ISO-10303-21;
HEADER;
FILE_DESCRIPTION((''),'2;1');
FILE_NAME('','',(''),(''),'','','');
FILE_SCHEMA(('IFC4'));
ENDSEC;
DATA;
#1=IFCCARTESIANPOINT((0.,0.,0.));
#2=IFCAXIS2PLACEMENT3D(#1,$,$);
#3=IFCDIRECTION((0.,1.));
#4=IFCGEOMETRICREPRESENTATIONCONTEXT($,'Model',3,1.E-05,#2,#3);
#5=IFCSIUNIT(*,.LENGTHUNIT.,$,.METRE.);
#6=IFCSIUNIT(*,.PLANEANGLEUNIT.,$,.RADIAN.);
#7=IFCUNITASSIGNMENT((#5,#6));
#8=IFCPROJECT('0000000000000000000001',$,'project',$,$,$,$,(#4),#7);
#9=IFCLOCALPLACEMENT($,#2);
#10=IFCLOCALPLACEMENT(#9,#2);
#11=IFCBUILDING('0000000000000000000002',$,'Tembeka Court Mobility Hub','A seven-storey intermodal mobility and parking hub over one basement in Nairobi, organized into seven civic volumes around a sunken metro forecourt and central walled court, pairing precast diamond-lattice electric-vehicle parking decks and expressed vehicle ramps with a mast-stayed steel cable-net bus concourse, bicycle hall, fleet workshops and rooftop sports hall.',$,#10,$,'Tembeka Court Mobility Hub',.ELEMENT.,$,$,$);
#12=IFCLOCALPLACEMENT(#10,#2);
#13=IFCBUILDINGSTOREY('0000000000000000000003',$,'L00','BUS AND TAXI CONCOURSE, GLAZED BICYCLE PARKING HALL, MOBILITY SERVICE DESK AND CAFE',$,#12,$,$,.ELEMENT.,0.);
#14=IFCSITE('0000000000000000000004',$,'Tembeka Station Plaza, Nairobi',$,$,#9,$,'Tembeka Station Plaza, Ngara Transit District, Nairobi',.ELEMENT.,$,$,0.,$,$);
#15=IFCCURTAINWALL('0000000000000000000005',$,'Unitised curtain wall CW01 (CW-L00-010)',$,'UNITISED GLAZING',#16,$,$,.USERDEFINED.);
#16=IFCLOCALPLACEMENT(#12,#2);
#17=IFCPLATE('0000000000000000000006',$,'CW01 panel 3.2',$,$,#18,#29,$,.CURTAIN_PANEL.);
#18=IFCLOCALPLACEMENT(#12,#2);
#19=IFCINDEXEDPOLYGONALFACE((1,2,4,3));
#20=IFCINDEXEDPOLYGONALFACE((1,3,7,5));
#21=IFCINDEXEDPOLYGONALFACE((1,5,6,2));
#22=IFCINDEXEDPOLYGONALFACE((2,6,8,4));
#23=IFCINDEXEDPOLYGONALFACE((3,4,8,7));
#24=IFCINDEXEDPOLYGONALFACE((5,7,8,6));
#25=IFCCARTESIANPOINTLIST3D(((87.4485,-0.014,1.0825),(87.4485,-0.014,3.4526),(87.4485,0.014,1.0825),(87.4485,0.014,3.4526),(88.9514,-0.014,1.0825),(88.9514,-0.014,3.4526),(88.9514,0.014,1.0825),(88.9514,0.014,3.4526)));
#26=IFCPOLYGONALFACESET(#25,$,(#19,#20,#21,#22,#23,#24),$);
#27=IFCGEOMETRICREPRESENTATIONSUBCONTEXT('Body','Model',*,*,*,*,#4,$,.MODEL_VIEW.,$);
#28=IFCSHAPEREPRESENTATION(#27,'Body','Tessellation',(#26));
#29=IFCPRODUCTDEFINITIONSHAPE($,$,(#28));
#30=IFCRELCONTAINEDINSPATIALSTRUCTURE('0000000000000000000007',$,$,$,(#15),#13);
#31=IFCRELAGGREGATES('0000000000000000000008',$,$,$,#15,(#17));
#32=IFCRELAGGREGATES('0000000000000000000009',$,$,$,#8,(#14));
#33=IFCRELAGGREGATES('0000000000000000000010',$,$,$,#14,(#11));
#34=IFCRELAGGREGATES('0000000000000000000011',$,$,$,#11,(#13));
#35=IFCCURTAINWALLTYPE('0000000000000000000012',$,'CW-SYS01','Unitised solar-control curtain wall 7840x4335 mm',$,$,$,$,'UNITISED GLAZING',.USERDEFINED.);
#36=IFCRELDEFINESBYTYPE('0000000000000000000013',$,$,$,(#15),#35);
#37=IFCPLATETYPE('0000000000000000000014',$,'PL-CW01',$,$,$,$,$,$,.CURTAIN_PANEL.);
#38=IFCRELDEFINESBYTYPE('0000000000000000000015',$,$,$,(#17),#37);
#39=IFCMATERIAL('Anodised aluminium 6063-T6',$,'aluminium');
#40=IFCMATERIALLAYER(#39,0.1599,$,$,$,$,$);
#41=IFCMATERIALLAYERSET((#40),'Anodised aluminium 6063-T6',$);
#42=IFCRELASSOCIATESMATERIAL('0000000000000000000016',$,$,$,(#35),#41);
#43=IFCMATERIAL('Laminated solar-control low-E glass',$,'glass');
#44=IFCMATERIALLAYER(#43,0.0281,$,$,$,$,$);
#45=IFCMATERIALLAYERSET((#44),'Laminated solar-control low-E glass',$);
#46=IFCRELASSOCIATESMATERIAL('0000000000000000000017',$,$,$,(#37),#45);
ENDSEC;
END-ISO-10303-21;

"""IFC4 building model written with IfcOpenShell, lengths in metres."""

from ifc_helpers import new_model, si_unit, direction, frame, origin, origin_2d, place, context, subcontext, project, spatial, rectangle, extrude, material, layer, layer_set, type_object, element, aggregate, save


model = new_model("IFC4")

# Units and contexts
model_context = context("Model", 3, precision=1e-05, world=origin(), true_north=direction((0.0, 1.0)))
body_context = subcontext(model_context, "Body", "Model", "MODEL_VIEW")
ifc_project = project(units=[si_unit("LENGTHUNIT", "METRE"), si_unit("PLANEANGLEUNIT", "RADIAN")], contexts=[model_context])

# Site, building, storey
site_placement = place(None, origin())
site = spatial("IfcSite", under=ifc_project, at=site_placement, Name="Tembeka Station Plaza, Nairobi", LongName="Tembeka Station Plaza, Ngara Transit District, Nairobi", CompositionType="ELEMENT", RefElevation=0.0)
building_placement = place(site_placement, origin())
building = spatial("IfcBuilding", under=site, at=building_placement, Name="Tembeka Court Mobility Hub", Description="A seven-storey intermodal mobility and parking hub over one basement in Nairobi, organized into seven civic volumes around a sunken metro forecourt and central walled court, pairing precast diamond-lattice electric-vehicle parking decks and expressed vehicle ramps with a mast-stayed steel cable-net bus concourse, bicycle hall, fleet workshops and rooftop sports hall.", LongName="Tembeka Court Mobility Hub", CompositionType="ELEMENT")
storey_placement = place(building_placement, origin())
storey = spatial("IfcBuildingStorey", under=building, at=storey_placement, Name="L00", Description="BUS AND TAXI CONCOURSE, GLAZED BICYCLE PARKING HALL, MOBILITY SERVICE DESK AND CAFE", CompositionType="ELEMENT", Elevation=0.0)

# Curtain wall, plate
ifc_material_1 = material(Name="Anodised aluminium 6063-T6", Category="aluminium")
ifc_layer_1 = layer(ifc_material_1, 0.1599)
ifc_layer_set_1 = layer_set([ifc_layer_1], Name="Anodised aluminium 6063-T6")
curtain_wall_type = type_object("IfcCurtainWallType", Name="CW-SYS01", Description="Unitised solar-control curtain wall 7840x4335 mm", ElementType="UNITISED GLAZING", PredefinedType="USERDEFINED", material=ifc_layer_set_1)
curtain_wall_placement = place(storey_placement, origin())
curtain_wall = element("IfcCurtainWall", 1, at=curtain_wall_placement, inside=storey, type_object=curtain_wall_type, Name="Unitised curtain wall CW01 (CW-L00-010)", ObjectType="UNITISED GLAZING", PredefinedType="USERDEFINED")
ifc_material_2 = material(Name="Laminated solar-control low-E glass", Category="glass")
ifc_layer_2 = layer(ifc_material_2, 0.0281)
ifc_layer_set_2 = layer_set([ifc_layer_2], Name="Laminated solar-control low-E glass")
plate_type = type_object("IfcPlateType", Name="PL-CW01", PredefinedType="CURTAIN_PANEL", material=ifc_layer_set_2)
plate_1_placement = place(storey_placement, frame((88.2, 0.0, 1.0825), z_axis=(0.0, 0.0, 1.0), x_axis=(1.0, 0.0, 0.0)))
plate_1 = element("IfcPlate", 2, at=plate_1_placement, type_object=plate_type, Name="CW01 panel 3.2", PredefinedType="CURTAIN_PANEL", context=body_context, shape_type="SweptSolid", body=[
    extrude(rectangle(XDim=1.5029, YDim=0.0281, at=origin_2d()), origin(), (0.0, 0.0, 1.0), 2.3701),
])
aggregate(curtain_wall, [plate_1])

save(model, "model.ifc")
